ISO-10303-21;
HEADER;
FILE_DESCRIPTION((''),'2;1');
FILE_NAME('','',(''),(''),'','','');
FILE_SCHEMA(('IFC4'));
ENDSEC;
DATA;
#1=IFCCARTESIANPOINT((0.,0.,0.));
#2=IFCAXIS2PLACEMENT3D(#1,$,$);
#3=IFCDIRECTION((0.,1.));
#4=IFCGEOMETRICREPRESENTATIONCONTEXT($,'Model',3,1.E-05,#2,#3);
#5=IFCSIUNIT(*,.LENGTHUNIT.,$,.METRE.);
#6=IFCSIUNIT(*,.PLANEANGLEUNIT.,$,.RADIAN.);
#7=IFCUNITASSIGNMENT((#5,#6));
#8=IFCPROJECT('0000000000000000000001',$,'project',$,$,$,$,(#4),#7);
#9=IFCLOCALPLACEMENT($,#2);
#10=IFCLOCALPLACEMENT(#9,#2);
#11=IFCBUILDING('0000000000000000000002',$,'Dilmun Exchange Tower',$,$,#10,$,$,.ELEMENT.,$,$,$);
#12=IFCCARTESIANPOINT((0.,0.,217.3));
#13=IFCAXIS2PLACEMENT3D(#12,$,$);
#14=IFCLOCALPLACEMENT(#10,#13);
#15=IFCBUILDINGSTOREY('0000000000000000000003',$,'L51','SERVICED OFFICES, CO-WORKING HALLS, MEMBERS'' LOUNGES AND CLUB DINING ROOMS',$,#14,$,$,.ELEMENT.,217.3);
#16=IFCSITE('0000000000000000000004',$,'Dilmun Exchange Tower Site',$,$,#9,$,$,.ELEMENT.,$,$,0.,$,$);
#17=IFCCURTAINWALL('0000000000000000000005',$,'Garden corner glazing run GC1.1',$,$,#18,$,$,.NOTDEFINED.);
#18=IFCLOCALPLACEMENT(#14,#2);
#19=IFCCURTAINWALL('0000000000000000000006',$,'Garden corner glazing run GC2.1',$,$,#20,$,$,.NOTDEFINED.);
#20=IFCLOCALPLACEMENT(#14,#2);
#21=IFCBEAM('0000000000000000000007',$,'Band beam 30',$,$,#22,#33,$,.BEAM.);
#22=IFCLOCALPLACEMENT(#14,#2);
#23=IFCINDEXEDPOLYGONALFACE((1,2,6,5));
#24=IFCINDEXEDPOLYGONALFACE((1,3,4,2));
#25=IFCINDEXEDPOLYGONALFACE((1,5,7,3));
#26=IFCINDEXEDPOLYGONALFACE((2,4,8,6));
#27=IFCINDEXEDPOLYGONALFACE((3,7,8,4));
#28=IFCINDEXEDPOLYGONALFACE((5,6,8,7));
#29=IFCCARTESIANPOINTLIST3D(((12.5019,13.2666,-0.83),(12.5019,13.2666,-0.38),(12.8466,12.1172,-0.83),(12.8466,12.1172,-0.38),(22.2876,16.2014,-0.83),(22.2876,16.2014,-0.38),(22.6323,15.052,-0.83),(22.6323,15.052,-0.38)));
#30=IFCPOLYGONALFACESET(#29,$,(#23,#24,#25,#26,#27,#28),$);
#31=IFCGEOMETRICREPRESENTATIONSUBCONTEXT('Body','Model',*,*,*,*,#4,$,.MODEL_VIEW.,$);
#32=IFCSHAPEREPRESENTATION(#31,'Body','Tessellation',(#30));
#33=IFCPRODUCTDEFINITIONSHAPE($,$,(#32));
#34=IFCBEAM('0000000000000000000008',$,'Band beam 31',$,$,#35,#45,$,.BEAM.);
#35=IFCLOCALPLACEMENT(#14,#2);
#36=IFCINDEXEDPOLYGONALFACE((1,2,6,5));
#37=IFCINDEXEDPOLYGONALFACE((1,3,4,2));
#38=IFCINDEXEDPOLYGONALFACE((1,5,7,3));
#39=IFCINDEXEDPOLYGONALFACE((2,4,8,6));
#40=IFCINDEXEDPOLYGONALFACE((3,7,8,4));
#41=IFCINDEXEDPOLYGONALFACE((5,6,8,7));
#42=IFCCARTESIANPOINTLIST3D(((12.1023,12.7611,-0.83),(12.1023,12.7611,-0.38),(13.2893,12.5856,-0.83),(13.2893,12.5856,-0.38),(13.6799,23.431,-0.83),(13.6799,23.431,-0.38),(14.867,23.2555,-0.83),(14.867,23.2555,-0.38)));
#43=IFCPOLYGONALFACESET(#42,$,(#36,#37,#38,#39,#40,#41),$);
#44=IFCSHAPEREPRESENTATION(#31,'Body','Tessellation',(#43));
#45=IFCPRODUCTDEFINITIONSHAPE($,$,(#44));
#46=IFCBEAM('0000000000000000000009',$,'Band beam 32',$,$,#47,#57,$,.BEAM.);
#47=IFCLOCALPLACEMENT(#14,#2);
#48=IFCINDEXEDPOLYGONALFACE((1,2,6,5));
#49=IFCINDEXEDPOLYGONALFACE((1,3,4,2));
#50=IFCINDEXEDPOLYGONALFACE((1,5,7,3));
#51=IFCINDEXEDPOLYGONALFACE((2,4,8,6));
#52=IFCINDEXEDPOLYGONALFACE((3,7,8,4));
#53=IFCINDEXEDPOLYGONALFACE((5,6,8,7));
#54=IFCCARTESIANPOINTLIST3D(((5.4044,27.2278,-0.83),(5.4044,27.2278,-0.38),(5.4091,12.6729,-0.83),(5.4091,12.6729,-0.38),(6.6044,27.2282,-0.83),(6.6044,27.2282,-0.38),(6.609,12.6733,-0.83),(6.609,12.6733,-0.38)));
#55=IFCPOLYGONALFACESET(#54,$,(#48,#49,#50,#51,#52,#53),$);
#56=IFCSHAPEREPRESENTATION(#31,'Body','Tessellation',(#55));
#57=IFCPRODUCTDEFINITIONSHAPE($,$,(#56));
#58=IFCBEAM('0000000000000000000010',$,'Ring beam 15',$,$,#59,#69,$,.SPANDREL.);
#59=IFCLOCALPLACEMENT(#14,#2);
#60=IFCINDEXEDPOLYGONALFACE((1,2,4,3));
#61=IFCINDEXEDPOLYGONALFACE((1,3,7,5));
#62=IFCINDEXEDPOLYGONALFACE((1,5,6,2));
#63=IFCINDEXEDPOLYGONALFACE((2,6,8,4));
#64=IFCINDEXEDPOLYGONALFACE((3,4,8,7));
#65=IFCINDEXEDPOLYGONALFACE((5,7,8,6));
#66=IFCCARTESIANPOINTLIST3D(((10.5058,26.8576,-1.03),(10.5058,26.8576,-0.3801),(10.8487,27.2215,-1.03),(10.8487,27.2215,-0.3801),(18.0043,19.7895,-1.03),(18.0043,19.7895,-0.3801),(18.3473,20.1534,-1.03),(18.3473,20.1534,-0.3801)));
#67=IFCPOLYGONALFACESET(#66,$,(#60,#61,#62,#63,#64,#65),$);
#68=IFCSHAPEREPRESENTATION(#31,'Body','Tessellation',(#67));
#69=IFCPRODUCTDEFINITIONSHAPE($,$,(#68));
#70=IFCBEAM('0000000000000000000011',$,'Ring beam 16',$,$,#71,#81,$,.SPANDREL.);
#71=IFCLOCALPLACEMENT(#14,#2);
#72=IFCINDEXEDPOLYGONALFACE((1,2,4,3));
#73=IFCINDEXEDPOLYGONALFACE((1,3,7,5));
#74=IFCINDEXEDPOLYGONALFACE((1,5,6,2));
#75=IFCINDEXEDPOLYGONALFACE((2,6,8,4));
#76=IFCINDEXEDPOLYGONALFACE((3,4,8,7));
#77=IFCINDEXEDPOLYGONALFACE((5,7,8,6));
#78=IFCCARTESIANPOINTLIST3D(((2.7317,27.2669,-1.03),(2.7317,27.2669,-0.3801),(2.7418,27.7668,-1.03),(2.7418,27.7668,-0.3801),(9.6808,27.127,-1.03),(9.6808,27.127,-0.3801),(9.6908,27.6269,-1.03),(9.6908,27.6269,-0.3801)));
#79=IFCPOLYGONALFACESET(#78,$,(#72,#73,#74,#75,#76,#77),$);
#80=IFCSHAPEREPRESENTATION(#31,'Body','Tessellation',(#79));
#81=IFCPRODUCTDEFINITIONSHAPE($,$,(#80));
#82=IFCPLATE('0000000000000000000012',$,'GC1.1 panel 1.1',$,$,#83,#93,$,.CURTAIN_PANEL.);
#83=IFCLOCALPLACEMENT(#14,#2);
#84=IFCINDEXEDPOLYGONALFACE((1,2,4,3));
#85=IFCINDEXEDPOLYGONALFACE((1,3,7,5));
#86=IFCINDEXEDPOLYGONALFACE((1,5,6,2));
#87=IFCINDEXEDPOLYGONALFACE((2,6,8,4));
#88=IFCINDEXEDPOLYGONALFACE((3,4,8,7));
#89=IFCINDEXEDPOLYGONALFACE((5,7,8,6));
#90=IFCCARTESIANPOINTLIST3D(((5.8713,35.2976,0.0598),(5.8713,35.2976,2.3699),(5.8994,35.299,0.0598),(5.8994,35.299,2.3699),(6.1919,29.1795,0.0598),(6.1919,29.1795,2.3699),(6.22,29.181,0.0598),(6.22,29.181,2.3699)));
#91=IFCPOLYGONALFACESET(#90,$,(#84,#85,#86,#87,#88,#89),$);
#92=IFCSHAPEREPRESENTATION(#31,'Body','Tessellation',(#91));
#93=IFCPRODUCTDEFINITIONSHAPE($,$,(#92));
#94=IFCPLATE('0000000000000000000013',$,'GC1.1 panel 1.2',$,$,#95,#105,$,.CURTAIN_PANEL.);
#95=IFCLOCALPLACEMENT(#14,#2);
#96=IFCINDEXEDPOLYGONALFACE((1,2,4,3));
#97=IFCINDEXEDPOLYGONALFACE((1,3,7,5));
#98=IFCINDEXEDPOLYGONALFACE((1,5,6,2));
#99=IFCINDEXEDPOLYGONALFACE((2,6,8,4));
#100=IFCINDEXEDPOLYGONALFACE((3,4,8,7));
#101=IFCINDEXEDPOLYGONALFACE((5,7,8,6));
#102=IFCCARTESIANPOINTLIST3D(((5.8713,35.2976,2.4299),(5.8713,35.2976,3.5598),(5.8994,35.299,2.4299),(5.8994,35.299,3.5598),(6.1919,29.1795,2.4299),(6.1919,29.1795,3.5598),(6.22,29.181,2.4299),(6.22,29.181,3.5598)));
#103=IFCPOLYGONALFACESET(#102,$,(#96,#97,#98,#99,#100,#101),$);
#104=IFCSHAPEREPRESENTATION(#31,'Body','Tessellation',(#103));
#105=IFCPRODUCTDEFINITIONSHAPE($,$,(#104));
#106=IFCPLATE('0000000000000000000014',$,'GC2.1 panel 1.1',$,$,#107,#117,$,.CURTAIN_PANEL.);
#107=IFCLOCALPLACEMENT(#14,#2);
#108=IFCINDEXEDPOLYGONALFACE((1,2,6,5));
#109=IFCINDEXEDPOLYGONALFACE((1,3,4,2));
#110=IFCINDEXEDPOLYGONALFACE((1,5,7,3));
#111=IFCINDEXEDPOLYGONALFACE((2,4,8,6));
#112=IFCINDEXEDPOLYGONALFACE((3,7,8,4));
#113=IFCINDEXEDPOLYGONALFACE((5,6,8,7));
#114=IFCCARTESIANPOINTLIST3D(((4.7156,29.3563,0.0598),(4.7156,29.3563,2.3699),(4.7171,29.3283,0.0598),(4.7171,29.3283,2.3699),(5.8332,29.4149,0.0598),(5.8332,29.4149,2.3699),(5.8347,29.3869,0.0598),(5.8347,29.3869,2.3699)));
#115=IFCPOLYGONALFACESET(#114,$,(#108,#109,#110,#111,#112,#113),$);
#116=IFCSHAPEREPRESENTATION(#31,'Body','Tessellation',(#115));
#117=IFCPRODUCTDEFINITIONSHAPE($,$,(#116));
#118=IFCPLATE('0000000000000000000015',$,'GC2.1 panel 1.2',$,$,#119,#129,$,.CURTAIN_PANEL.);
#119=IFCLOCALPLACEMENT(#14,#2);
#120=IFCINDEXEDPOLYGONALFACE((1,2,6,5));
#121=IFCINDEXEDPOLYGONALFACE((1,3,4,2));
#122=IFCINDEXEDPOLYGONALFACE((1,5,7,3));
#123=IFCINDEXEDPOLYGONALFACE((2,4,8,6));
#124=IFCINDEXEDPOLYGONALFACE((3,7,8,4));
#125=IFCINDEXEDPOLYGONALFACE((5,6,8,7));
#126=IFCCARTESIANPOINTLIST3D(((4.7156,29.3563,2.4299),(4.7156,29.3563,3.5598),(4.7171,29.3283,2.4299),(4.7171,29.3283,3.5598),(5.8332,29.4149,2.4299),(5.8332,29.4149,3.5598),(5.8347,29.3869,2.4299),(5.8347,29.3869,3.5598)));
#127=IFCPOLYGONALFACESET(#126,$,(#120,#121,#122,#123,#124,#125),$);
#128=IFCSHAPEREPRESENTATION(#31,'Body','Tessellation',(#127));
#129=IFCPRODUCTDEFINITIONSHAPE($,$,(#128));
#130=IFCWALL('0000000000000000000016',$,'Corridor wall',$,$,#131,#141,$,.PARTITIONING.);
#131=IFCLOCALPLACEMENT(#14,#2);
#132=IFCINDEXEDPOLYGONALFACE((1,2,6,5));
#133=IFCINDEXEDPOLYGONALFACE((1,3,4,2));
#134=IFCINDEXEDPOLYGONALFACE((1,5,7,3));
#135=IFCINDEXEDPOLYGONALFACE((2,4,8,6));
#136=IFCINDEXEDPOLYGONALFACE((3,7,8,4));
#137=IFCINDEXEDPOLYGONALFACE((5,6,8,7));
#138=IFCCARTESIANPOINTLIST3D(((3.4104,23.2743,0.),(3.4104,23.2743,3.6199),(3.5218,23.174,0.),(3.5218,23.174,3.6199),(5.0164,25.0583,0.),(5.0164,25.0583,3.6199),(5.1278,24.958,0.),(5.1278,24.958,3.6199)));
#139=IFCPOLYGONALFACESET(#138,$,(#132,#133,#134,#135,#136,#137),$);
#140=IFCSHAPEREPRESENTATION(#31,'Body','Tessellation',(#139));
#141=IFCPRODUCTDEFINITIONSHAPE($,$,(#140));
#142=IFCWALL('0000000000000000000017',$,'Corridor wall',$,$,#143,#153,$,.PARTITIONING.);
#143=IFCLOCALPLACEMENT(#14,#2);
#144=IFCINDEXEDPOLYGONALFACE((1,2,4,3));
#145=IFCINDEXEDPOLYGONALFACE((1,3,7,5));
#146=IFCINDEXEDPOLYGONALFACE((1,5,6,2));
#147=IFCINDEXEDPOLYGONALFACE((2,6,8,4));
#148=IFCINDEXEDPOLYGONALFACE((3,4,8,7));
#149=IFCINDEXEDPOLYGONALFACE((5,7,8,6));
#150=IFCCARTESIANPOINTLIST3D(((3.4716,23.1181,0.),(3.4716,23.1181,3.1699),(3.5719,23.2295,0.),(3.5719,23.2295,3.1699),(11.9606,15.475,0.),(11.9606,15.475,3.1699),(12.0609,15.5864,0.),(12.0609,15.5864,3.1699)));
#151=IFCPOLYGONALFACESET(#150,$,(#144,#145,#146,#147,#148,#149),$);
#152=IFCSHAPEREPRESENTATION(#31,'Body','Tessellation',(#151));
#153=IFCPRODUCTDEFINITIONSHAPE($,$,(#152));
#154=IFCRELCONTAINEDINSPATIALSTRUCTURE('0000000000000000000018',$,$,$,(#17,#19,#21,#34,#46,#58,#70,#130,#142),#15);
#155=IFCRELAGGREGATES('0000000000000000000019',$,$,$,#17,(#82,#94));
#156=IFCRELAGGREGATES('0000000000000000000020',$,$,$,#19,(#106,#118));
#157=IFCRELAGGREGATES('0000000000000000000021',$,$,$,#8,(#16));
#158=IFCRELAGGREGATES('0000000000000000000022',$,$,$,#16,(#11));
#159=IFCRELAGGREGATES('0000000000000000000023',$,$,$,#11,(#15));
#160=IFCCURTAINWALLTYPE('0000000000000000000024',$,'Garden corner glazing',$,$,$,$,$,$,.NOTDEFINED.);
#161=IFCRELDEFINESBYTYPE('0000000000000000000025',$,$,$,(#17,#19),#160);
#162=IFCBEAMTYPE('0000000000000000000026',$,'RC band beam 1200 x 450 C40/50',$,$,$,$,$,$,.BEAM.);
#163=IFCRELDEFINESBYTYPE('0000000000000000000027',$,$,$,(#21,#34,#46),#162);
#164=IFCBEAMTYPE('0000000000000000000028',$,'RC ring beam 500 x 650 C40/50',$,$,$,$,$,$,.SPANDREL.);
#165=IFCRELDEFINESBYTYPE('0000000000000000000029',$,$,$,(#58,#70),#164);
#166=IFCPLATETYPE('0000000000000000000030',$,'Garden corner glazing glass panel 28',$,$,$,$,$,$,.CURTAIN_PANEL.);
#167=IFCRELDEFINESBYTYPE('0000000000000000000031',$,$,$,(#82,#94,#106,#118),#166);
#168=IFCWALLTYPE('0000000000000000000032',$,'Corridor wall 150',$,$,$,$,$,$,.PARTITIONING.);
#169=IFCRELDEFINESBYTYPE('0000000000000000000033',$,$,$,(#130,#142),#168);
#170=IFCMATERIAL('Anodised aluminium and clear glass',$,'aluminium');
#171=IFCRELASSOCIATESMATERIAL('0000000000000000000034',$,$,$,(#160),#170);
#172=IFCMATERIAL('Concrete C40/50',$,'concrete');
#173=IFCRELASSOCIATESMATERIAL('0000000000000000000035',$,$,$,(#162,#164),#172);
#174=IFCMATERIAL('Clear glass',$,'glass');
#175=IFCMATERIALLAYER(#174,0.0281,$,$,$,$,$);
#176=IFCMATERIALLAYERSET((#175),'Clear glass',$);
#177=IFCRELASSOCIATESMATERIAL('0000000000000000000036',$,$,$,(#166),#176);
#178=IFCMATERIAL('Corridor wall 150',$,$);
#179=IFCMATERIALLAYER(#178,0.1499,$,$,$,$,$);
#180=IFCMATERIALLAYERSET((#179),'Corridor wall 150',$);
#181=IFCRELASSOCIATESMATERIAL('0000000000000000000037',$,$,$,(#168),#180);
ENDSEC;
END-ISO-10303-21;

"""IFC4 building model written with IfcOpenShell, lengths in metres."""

from ifc_helpers import new_model, si_unit, direction, frame, frame_2d, origin, origin_2d, place, context, subcontext, project, spatial, rectangle, extrude, material, layer, layer_set, material_profile, profile_set, type_object, element, aggregate, save


model = new_model("IFC4")

# Units and contexts
model_context = context("Model", 3, precision=1e-05, world=origin(), true_north=direction((0.0, 1.0)))
body_context = subcontext(model_context, "Body", "Model", "MODEL_VIEW")
ifc_project = project(units=[si_unit("LENGTHUNIT", "METRE"), si_unit("PLANEANGLEUNIT", "RADIAN")], contexts=[model_context])

# Site, building, storey
site_placement = place(None, origin())
site = spatial("IfcSite", under=ifc_project, at=site_placement, Name="Dilmun Exchange Tower Site", CompositionType="ELEMENT", RefElevation=0.0)
building_placement = place(site_placement, origin())
building = spatial("IfcBuilding", under=site, at=building_placement, Name="Dilmun Exchange Tower", CompositionType="ELEMENT")
storey_placement = place(building_placement, frame((0.0, 0.0, 217.3)))
storey = spatial("IfcBuildingStorey", under=building, at=storey_placement, Name="L51", Description="SERVICED OFFICES, CO-WORKING HALLS, MEMBERS' LOUNGES AND CLUB DINING ROOMS", CompositionType="ELEMENT", Elevation=217.3)

# Curtain walls
ifc_material_1 = material(Name="Anodised aluminium and clear glass", Category="aluminium")
curtain_wall_type = type_object("IfcCurtainWallType", Name="Garden corner glazing", PredefinedType="NOTDEFINED", material=ifc_material_1)
curtain_wall_1_placement = place(storey_placement, origin())
curtain_wall_1 = element("IfcCurtainWall", 1, at=curtain_wall_1_placement, inside=storey, type_object=curtain_wall_type, Name="Garden corner glazing run GC1.1", PredefinedType="NOTDEFINED")
curtain_wall_2_placement = place(storey_placement, origin())
curtain_wall_2 = element("IfcCurtainWall", 2, at=curtain_wall_2_placement, inside=storey, type_object=curtain_wall_type, Name="Garden corner glazing run GC2.1", PredefinedType="NOTDEFINED")

# Beams
ifc_material_2 = material(Name="Concrete C40/50", Category="concrete")
ifc_material_profile_1 = material_profile(ifc_material_2, rectangle(XDim=1.2, YDim=0.45, at=origin_2d()), Name="1200 x 450")
ifc_profile_set_1 = profile_set([ifc_material_profile_1], Name="Concrete C40/50")
beam_type_1 = type_object("IfcBeamType", Name="RC band beam 1200 x 450 C40/50", PredefinedType="BEAM", material=ifc_profile_set_1)
beam_1_placement = place(storey_placement, frame((22.46, 15.6267, -0.605), z_axis=(-0.95785, -0.287269, 0.0), x_axis=(0.287269, -0.95785, 0.0)))
element("IfcBeam", 3, at=beam_1_placement, inside=storey, type_object=beam_type_1, Name="Band beam 30", PredefinedType="BEAM", context=body_context, shape_type="SweptSolid", body=[
    extrude(rectangle(XDim=1.2, YDim=0.45, at=origin_2d()), origin(), (0.0, 0.0, 1.0), 10.2163),
])
beam_2_placement = place(storey_placement, frame((14.2734, 23.3433, -0.605), z_axis=(-0.146268, -0.989245, 0.0), x_axis=(0.989245, -0.146268, 0.0)))
element("IfcBeam", 4, at=beam_2_placement, inside=storey, type_object=beam_type_1, Name="Band beam 31", PredefinedType="BEAM", context=body_context, shape_type="SweptSolid", body=[
    extrude(rectangle(XDim=1.2, YDim=0.45, at=origin_2d()), origin(), (0.0, 0.0, 1.0), 10.7859),
])
beam_3_placement = place(storey_placement, frame((6.0044, 27.228, -0.605), z_axis=(0.000319, -1.0, 0.0), x_axis=(1.0, 0.000319, 0.0)))
element("IfcBeam", 5, at=beam_3_placement, inside=storey, type_object=beam_type_1, Name="Band beam 32", PredefinedType="BEAM", context=body_context, shape_type="SweptSolid", body=[
    extrude(rectangle(XDim=1.2, YDim=0.45, at=origin_2d()), origin(), (0.0, 0.0, 1.0), 14.5549),
])
ifc_material_profile_2 = material_profile(ifc_material_2, rectangle(XDim=0.5, YDim=0.6499, at=origin_2d()), Name="500 x 650")
ifc_profile_set_2 = profile_set([ifc_material_profile_2], Name="Concrete C40/50")
beam_type_2 = type_object("IfcBeamType", Name="RC ring beam 500 x 650 C40/50", PredefinedType="SPANDREL", material=ifc_profile_set_2)
beam_4_placement = place(storey_placement, frame((18.1758, 19.9714, -0.7051), z_axis=(-0.727683, 0.685914, 0.0), x_axis=(-0.685914, -0.727683, 0.0)))
element("IfcBeam", 6, at=beam_4_placement, inside=storey, type_object=beam_type_2, Name="Ring beam 15", PredefinedType="SPANDREL", context=body_context, shape_type="SweptSolid", body=[
    extrude(rectangle(XDim=0.5, YDim=0.6499, at=origin_2d()), origin(), (0.0, 0.0, 1.0), 10.3047),
])
beam_5_placement = place(storey_placement, frame((9.6858, 27.377, -0.7051), z_axis=(-0.999797, 0.020127, 0.0), x_axis=(-0.020127, -0.999797, 0.0)))
element("IfcBeam", 7, at=beam_5_placement, inside=storey, type_object=beam_type_2, Name="Ring beam 16", PredefinedType="SPANDREL", context=body_context, shape_type="SweptSolid", body=[
    extrude(rectangle(XDim=0.5, YDim=0.6499, at=origin_2d()), origin(), (0.0, 0.0, 1.0), 6.9504),
])

# Plates
ifc_material_3 = material(Name="Clear glass", Category="glass")
ifc_layer_1 = layer(ifc_material_3, 0.0281)
ifc_layer_set_1 = layer_set([ifc_layer_1], Name="Clear glass")
plate_type = type_object("IfcPlateType", Name="Garden corner glazing glass panel 28", PredefinedType="CURTAIN_PANEL", material=ifc_layer_set_1)
plate_1_placement = place(storey_placement, frame((6.0457, 32.2393, 0.0598), z_axis=(0.0, 0.0, 1.0), x_axis=(0.052334, -0.99863, 0.0)))
plate_1 = element("IfcPlate", 8, at=plate_1_placement, type_object=plate_type, Name="GC1.1 panel 1.1", PredefinedType="CURTAIN_PANEL", context=body_context, shape_type="SweptSolid", body=[
    extrude(rectangle(XDim=6.1265, YDim=0.0281, at=origin_2d()), origin(), (0.0, 0.0, 1.0), 2.3101),
])
plate_2_placement = place(storey_placement, frame((6.0457, 32.2393, 2.4299), z_axis=(0.0, 0.0, 1.0), x_axis=(0.052334, -0.99863, 0.0)))
plate_2 = element("IfcPlate", 9, at=plate_2_placement, type_object=plate_type, Name="GC1.1 panel 1.2", PredefinedType="CURTAIN_PANEL", context=body_context, shape_type="SweptSolid", body=[
    extrude(rectangle(XDim=6.1265, YDim=0.0281, at=origin_2d()), origin(), (0.0, 0.0, 1.0), 1.1299),
])
aggregate(curtain_wall_1, [plate_1, plate_2])
plate_3_placement = place(storey_placement, frame((5.2751, 29.3716, 0.0598), z_axis=(0.0, 0.0, 1.0), x_axis=(-0.998627, -0.052377, 0.0)))
plate_3 = element("IfcPlate", 10, at=plate_3_placement, type_object=plate_type, Name="GC2.1 panel 1.1", PredefinedType="CURTAIN_PANEL", context=body_context, shape_type="SweptSolid", body=[
    extrude(rectangle(XDim=1.1191, YDim=0.0281, at=origin_2d()), origin(), (0.0, 0.0, 1.0), 2.3101),
])
plate_4_placement = place(storey_placement, frame((5.2751, 29.3716, 2.4299), z_axis=(0.0, 0.0, 1.0), x_axis=(-0.998627, -0.052377, 0.0)))
plate_4 = element("IfcPlate", 11, at=plate_4_placement, type_object=plate_type, Name="GC2.1 panel 1.2", PredefinedType="CURTAIN_PANEL", context=body_context, shape_type="SweptSolid", body=[
    extrude(rectangle(XDim=1.1191, YDim=0.0281, at=origin_2d()), origin(), (0.0, 0.0, 1.0), 1.1299),
])
aggregate(curtain_wall_2, [plate_3, plate_4])

# Walls
ifc_material_4 = material(Name="Corridor wall 150")
ifc_layer_2 = layer(ifc_material_4, 0.1499)
ifc_layer_set_2 = layer_set([ifc_layer_2], Name="Corridor wall 150")
wall_type_1 = type_object("IfcWallType", Name="Corridor wall 150", PredefinedType="PARTITIONING", material=ifc_layer_set_2)
wall_1_placement = place(storey_placement, frame((3.4661, 23.2241, 0.0), z_axis=(0.0, 0.0, 1.0), x_axis=(0.66906, 0.743208, 0.0)))
element("IfcWall", 12, at=wall_1_placement, inside=storey, type_object=wall_type_1, Name="Corridor wall", PredefinedType="PARTITIONING", context=body_context, shape_type="SweptSolid", body=[
    extrude(rectangle(XDim=2.4004, YDim=0.1499, at=frame_2d((1.2002, 0.0))), origin(), (0.0, 0.0, 1.0), 3.6199),
])
wall_2_placement = place(storey_placement, frame((3.5217, 23.1738, 0.0), z_axis=(0.0, 0.0, 1.0), x_axis=(0.743166, -0.669108, 0.0)))
element("IfcWall", 13, at=wall_2_placement, inside=storey, type_object=wall_type_1, Name="Corridor wall", PredefinedType="PARTITIONING", context=body_context, shape_type="SweptSolid", body=[
    extrude(rectangle(XDim=11.4229, YDim=0.1499, at=frame_2d((5.7114, 0.0))), origin(), (0.0, 0.0, 1.0), 3.1699),
])

save(model, "model.ifc")
